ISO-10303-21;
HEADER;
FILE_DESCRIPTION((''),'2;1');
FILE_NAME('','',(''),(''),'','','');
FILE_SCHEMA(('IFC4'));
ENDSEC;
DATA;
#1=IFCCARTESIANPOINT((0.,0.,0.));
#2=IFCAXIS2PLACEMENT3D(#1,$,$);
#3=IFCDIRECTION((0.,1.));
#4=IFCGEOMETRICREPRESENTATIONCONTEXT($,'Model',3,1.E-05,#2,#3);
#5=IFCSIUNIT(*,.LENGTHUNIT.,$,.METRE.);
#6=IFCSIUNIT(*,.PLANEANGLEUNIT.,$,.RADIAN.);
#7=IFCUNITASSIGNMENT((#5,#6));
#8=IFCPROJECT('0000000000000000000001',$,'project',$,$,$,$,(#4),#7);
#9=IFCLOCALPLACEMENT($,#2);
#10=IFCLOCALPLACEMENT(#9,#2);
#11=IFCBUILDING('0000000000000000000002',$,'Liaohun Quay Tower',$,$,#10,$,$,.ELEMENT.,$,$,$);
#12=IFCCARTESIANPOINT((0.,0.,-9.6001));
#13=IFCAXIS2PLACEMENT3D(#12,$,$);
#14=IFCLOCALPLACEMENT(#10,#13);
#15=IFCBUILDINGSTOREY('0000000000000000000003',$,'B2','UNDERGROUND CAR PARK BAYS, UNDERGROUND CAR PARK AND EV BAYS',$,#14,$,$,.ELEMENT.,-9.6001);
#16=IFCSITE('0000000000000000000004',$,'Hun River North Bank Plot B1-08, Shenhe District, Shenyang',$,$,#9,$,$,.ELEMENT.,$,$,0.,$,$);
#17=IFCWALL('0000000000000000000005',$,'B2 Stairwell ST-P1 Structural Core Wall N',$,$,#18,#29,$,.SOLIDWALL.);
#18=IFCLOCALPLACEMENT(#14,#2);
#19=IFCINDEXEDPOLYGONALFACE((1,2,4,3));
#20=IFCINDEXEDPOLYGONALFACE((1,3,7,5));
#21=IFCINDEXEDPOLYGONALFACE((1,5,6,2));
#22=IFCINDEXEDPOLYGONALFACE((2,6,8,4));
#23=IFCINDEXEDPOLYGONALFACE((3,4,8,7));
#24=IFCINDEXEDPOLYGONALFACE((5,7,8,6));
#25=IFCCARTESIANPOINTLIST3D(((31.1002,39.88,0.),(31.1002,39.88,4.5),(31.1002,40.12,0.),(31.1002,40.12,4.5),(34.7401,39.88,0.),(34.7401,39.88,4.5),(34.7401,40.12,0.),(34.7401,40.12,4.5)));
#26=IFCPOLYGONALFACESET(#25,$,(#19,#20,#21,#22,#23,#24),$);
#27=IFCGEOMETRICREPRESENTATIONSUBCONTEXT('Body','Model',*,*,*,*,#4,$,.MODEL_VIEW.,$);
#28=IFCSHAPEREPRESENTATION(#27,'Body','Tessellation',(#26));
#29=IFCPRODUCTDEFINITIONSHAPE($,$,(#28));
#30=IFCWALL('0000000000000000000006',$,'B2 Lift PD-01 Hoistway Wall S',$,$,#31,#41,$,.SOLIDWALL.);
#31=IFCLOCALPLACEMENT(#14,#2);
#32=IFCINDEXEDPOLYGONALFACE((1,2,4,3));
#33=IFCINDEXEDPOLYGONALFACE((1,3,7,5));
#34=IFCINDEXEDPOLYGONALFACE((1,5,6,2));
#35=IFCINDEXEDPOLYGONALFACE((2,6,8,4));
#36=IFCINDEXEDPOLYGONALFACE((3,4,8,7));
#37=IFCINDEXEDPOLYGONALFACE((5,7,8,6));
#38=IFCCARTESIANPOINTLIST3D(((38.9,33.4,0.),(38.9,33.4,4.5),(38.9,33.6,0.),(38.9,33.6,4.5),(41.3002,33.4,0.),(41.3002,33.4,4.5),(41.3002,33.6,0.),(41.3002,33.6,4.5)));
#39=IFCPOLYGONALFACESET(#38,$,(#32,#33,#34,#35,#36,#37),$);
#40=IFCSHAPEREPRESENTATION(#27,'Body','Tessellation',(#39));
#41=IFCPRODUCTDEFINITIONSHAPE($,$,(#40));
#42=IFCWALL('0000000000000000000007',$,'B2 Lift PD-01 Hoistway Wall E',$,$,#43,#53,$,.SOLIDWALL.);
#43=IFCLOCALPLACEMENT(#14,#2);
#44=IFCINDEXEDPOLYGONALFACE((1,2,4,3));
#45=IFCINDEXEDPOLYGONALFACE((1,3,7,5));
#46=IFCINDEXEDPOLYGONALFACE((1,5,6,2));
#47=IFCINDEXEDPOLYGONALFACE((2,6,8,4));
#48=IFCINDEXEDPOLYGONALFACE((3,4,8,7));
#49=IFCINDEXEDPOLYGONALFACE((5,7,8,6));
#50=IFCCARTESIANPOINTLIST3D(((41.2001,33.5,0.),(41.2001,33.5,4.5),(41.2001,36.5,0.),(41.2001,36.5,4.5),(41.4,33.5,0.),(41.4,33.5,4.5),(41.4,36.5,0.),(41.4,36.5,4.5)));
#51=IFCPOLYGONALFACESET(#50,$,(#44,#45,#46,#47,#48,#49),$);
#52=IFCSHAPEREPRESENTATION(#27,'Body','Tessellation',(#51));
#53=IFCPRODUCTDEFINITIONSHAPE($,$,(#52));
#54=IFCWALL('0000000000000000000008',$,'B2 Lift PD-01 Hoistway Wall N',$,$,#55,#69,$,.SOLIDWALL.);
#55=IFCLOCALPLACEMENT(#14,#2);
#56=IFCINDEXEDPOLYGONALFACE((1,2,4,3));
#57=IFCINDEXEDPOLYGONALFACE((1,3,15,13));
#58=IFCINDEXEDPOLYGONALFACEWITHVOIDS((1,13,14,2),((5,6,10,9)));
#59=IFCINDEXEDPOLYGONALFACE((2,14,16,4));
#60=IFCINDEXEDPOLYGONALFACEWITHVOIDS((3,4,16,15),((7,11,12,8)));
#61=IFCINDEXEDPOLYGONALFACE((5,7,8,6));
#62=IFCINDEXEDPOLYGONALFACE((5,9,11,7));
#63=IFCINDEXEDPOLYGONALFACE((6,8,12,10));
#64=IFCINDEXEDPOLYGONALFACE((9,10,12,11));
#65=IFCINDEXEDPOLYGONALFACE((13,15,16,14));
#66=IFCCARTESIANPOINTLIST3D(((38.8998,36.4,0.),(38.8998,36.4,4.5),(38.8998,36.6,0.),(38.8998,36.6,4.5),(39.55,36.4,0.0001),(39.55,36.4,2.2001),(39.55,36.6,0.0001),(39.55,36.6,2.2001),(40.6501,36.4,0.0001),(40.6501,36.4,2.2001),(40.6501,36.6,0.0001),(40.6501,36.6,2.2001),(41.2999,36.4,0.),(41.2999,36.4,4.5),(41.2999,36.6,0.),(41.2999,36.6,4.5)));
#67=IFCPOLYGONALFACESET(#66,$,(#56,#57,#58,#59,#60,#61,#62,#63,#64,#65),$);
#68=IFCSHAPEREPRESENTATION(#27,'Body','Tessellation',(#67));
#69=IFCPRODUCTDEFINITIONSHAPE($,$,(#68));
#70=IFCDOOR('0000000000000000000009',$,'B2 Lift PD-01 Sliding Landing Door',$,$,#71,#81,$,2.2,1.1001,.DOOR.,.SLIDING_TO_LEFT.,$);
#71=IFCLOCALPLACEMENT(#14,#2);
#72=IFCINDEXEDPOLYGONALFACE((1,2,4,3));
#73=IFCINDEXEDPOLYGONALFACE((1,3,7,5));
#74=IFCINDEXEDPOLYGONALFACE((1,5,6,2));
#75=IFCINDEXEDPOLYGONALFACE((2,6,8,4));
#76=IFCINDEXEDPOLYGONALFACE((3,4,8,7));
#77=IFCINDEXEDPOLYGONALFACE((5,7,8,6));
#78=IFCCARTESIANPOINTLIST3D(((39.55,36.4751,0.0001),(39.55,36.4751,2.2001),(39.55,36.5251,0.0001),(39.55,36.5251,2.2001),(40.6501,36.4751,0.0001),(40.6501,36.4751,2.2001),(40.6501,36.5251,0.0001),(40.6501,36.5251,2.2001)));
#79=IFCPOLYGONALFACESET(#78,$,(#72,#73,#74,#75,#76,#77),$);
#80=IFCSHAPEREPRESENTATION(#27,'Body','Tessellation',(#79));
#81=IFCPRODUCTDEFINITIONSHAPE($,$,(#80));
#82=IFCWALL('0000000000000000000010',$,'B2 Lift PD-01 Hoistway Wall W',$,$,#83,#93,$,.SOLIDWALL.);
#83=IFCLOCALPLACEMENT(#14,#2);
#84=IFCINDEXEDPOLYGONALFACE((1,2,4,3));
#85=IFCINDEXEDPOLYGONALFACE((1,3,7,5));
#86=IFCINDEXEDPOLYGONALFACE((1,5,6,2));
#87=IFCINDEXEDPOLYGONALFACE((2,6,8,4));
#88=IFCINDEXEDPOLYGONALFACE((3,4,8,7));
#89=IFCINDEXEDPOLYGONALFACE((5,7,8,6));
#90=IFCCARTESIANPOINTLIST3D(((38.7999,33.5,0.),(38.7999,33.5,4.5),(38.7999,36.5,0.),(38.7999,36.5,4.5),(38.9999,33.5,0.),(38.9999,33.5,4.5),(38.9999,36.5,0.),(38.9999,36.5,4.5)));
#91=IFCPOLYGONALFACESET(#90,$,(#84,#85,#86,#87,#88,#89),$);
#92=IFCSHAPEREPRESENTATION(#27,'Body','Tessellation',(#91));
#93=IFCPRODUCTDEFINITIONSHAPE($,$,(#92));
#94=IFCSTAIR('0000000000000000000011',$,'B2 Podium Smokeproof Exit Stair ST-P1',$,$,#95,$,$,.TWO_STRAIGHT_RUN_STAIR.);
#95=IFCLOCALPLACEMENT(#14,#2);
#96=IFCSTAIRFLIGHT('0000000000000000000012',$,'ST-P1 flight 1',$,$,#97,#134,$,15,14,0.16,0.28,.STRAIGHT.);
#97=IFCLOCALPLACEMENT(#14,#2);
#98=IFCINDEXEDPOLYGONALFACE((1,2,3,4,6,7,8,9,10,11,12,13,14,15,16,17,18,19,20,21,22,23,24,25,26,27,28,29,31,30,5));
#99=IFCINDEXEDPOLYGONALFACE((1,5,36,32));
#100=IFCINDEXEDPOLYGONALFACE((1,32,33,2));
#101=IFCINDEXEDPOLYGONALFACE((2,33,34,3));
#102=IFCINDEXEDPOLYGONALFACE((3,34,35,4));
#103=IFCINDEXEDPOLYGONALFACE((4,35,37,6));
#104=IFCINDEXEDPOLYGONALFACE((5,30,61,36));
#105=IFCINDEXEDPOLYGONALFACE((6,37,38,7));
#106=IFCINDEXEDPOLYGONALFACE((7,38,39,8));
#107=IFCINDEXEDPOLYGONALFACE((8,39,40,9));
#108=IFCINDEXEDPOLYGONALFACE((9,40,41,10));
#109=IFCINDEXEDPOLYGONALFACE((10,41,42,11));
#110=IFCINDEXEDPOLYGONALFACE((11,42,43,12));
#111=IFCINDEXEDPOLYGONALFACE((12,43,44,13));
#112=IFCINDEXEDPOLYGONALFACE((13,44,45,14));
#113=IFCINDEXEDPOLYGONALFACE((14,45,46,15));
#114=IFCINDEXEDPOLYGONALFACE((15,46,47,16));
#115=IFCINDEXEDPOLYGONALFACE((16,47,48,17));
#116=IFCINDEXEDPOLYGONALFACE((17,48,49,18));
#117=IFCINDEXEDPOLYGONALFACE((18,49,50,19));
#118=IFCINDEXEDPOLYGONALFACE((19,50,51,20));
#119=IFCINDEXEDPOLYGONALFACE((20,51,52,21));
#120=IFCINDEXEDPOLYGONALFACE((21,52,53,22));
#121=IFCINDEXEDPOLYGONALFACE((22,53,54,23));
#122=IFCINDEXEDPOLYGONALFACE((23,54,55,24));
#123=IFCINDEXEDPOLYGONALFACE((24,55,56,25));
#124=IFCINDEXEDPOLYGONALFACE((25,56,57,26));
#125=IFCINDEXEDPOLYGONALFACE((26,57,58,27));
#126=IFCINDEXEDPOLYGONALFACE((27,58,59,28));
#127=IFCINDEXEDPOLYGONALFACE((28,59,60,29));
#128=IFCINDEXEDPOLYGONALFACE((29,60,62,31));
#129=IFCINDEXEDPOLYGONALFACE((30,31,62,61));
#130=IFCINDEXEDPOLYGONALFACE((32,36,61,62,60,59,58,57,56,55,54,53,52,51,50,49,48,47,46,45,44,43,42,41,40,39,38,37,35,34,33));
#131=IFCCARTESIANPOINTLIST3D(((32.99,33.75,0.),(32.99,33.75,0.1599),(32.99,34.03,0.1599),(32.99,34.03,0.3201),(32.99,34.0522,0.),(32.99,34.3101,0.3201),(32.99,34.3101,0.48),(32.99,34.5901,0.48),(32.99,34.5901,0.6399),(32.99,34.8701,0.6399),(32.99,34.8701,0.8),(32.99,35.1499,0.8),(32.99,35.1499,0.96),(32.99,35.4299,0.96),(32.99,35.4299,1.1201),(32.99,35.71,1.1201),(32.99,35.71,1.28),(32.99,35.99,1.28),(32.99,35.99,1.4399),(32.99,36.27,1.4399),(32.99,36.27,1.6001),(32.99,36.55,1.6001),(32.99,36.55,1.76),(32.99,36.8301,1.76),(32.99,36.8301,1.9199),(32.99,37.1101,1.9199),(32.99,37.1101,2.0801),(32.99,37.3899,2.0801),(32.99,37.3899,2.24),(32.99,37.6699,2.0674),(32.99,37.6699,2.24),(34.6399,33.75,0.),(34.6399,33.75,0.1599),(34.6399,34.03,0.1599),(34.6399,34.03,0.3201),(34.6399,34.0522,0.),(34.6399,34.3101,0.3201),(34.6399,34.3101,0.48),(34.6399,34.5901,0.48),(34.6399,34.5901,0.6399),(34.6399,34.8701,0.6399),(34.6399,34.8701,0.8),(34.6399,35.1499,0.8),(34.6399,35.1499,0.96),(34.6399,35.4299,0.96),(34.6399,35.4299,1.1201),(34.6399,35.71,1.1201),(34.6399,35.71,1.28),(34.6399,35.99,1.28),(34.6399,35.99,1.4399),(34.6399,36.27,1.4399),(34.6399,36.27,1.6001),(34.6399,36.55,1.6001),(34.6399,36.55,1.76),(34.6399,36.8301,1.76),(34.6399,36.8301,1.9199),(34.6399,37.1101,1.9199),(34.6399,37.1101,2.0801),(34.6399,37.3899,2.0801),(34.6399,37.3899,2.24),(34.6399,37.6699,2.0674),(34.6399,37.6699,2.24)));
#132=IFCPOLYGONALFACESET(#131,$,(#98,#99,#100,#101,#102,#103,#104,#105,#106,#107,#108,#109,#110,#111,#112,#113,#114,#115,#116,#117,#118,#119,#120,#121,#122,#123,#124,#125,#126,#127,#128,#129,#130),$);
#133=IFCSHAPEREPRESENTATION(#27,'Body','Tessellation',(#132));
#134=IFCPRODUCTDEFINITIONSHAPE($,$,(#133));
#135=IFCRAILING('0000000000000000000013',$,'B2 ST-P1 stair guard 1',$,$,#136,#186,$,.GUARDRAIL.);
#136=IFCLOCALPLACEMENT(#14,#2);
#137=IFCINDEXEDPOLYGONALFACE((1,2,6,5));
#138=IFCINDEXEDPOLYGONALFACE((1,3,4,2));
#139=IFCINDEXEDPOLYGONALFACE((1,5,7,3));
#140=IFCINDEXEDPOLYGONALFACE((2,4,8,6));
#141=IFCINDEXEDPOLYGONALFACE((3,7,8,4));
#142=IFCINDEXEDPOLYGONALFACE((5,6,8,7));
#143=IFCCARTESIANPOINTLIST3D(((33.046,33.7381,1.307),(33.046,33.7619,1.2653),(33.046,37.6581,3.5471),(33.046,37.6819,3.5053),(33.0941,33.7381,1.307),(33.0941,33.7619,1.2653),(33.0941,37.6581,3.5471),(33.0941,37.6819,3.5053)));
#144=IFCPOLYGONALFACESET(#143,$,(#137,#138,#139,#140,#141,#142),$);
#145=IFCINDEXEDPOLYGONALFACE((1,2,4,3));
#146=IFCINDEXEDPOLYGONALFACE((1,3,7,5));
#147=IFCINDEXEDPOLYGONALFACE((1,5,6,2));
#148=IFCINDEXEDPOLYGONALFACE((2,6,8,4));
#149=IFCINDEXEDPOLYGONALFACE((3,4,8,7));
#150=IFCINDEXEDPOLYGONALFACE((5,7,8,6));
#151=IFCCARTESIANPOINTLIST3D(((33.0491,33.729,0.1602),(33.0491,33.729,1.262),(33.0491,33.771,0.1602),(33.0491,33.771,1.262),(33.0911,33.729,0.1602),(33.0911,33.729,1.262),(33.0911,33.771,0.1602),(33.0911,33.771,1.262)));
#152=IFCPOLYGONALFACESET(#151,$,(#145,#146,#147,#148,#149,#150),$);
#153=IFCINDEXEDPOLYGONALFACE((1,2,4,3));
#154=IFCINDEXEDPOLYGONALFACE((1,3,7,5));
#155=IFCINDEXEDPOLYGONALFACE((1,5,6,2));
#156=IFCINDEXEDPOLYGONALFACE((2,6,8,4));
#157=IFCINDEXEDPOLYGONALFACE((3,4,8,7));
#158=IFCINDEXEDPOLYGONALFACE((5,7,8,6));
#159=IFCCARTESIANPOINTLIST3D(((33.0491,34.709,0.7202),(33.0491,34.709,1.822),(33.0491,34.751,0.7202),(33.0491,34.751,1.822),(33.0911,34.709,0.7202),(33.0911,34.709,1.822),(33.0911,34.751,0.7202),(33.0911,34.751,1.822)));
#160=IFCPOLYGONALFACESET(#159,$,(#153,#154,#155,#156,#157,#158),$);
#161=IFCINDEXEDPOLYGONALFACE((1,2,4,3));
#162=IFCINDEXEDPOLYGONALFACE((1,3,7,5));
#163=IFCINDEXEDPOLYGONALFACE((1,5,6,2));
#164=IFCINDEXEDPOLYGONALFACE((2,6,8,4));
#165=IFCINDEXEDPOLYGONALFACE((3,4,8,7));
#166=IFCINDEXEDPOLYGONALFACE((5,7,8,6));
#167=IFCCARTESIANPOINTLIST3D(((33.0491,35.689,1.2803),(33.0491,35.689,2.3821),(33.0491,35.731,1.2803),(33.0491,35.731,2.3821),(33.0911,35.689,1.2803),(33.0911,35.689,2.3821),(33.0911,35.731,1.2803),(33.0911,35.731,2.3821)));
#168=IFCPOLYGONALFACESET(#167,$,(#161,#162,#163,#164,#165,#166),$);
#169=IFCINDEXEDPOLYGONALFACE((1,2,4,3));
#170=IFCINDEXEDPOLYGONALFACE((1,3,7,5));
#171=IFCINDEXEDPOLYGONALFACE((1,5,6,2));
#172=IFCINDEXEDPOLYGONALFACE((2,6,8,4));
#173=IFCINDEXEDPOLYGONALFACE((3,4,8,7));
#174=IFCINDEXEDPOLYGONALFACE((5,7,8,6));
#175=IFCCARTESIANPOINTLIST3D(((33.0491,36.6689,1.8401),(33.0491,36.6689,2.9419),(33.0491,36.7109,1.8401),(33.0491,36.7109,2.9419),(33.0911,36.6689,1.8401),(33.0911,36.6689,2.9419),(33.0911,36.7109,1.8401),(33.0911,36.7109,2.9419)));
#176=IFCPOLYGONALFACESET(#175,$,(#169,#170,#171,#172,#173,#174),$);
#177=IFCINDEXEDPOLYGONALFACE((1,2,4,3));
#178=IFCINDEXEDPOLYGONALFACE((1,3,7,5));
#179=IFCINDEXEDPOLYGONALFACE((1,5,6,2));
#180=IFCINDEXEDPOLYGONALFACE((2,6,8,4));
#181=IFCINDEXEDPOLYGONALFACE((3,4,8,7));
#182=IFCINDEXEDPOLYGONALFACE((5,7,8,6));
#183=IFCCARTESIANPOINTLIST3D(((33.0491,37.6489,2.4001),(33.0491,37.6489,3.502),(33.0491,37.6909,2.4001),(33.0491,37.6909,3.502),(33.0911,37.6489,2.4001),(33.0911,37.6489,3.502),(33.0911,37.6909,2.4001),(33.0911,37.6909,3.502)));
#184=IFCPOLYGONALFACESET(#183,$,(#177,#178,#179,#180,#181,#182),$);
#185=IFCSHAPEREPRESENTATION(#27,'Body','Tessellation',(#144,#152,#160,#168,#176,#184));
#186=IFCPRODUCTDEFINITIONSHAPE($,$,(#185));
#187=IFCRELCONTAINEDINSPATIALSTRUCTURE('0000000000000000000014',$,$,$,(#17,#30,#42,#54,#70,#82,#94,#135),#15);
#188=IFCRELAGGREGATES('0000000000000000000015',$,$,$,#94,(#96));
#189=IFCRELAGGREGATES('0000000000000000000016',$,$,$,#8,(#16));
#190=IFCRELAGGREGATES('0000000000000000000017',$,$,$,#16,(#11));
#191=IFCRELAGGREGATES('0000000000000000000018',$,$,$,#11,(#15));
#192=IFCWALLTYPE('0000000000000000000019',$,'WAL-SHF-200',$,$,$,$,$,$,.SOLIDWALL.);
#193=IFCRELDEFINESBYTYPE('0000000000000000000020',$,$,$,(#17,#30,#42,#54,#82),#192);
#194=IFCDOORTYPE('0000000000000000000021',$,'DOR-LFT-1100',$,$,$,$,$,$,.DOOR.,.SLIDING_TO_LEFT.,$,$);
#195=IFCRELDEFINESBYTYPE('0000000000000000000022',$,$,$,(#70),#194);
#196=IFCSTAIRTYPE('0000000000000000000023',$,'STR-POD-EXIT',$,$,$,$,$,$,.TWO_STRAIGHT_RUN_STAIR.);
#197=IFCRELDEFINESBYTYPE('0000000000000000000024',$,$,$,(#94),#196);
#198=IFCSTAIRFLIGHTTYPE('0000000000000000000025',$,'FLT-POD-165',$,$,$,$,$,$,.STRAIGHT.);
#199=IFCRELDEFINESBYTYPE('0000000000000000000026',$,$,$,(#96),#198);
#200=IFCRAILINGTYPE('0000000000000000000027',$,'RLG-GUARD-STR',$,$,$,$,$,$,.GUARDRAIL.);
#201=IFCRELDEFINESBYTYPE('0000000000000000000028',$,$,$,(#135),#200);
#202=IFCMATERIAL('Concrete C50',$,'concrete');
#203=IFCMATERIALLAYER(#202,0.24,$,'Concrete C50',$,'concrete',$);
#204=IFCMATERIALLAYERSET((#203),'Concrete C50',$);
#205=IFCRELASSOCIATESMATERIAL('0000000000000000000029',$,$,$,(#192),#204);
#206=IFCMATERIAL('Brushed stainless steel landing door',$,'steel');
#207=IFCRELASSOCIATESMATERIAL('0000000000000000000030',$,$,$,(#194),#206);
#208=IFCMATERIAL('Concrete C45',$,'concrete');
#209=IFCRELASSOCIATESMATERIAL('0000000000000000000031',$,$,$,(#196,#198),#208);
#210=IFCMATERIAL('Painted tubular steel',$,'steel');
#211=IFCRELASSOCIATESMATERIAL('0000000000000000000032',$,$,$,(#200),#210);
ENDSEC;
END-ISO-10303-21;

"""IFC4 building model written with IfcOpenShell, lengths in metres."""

from ifc_helpers import new_model, si_unit, direction, frame, frame_2d, origin, origin_2d, place, context, subcontext, project, spatial, polyline, rectangle, outline, extrude, source, transform, mapped, material, layer, layer_set, type_object, element, fill, aggregate, save


model = new_model("IFC4")

# Units and contexts
model_context = context("Model", 3, precision=1e-05, world=origin(), true_north=direction((0.0, 1.0)))
body_context = subcontext(model_context, "Body", "Model", "MODEL_VIEW")
ifc_project = project(units=[si_unit("LENGTHUNIT", "METRE"), si_unit("PLANEANGLEUNIT", "RADIAN")], contexts=[model_context])

# Site, building, storey
site_placement = place(None, origin())
site = spatial("IfcSite", under=ifc_project, at=site_placement, Name="Hun River North Bank Plot B1-08, Shenhe District, Shenyang", CompositionType="ELEMENT", RefElevation=0.0)
building_placement = place(site_placement, origin())
building = spatial("IfcBuilding", under=site, at=building_placement, Name="Liaohun Quay Tower", CompositionType="ELEMENT")
storey_placement = place(building_placement, frame((0.0, 0.0, -9.6001)))
storey = spatial("IfcBuildingStorey", under=building, at=storey_placement, Name="B2", Description="UNDERGROUND CAR PARK BAYS, UNDERGROUND CAR PARK AND EV BAYS", CompositionType="ELEMENT", Elevation=-9.6001)

# Shared definitions
ifc_material_1 = material(Name="Concrete C45", Category="concrete")

# Shared definitions
ifc_material_2 = material(Name="Concrete C50", Category="concrete")

# Walls
ifc_layer = layer(ifc_material_2, 0.24, Name="Concrete C50", Category="concrete")
ifc_layer_set = layer_set([ifc_layer], Name="Concrete C50")
wall_type = type_object("IfcWallType", Name="WAL-SHF-200", PredefinedType="SOLIDWALL", material=ifc_layer_set)
wall_1_placement = place(storey_placement, frame((34.74, 40.0, 0.0), z_axis=(0.0, 0.0, 1.0), x_axis=(-1.0, 0.0, 0.0)))
element("IfcWall", 1, at=wall_1_placement, inside=storey, type_object=wall_type, Name="B2 Stairwell ST-P1 Structural Core Wall N", PredefinedType="SOLIDWALL", context=body_context, shape_type="SweptSolid", body=[
    extrude(rectangle(XDim=3.6399, YDim=0.24, at=frame_2d((1.8198, 0.0))), origin(), (0.0, 0.0, 1.0), 4.5),
])
wall_2_placement = place(storey_placement, frame((38.8999, 33.5, 0.0), z_axis=(0.0, 0.0, 1.0), x_axis=(1.0, 0.0, 0.0)))
element("IfcWall", 2, at=wall_2_placement, inside=storey, type_object=wall_type, Name="B2 Lift PD-01 Hoistway Wall S", PredefinedType="SOLIDWALL", context=body_context, shape_type="SweptSolid", body=[
    extrude(rectangle(XDim=2.4001, YDim=0.2, at=frame_2d((1.2002, 0.0))), origin(), (0.0, 0.0, 1.0), 4.5),
])
wall_3_placement = place(storey_placement, frame((41.3, 33.5, 0.0), z_axis=(0.0, 0.0, 1.0), x_axis=(0.0, 1.0, 0.0)))
element("IfcWall", 3, at=wall_3_placement, inside=storey, type_object=wall_type, Name="B2 Lift PD-01 Hoistway Wall E", PredefinedType="SOLIDWALL", context=body_context, shape_type="SweptSolid", body=[
    extrude(rectangle(XDim=3.0, YDim=0.2, at=frame_2d((1.5, 0.0))), origin(), (0.0, 0.0, 1.0), 4.5),
])

# Wall, opening, door
wall_4_placement = place(storey_placement, frame((41.3, 36.5, 0.0), z_axis=(0.0, 0.0, 1.0), x_axis=(-1.0, 0.0, 0.0)))
wall_4 = element("IfcWall", 4, at=wall_4_placement, inside=storey, type_object=wall_type, Name="B2 Lift PD-01 Hoistway Wall N", PredefinedType="SOLIDWALL", context=body_context, shape_type="SweptSolid", body=[
    extrude(rectangle(XDim=2.4001, YDim=0.2, at=frame_2d((1.2002, 0.0))), origin(), (0.0, 0.0, 1.0), 4.5),
])
shared_shape_1 = source(origin(), body_context, "Body", "SweptSolid", [
    extrude(rectangle(XDim=1.1001, YDim=2.2, at=frame_2d((0.55, 1.1001))), frame((0.0, 0.1099, 0.0), z_axis=(0.0, -1.0, 0.0), x_axis=(1.0, 0.0, 0.0)), (0.0, 0.0, 1.0), 0.22),
])
opening_placement = place(wall_4_placement, frame((0.6499, 0.0, 0.0)))
opening = element("IfcOpeningElement", 5, at=opening_placement, cuts=wall_4, PredefinedType="OPENING", context=body_context, shape_type="MappedRepresentation", body=[
    mapped(shared_shape_1, transform((0.0, 0.0, 0.0), x_axis=(1.0, 0.0, 0.0), y_axis=(0.0, 1.0, 0.0), z_axis=(0.0, 0.0, 1.0), scale=1.0)),
])
ifc_material_3 = material(Name="Brushed stainless steel landing door", Category="steel")
door_type = type_object("IfcDoorType", Name="DOR-LFT-1100", OperationType="SLIDING_TO_LEFT", PredefinedType="DOOR", material=ifc_material_3)
shared_shape_2 = source(origin(), body_context, "Body", "SweptSolid", [
    extrude(rectangle(XDim=1.1001, YDim=2.2, at=frame_2d((0.55, 1.1001))), frame((0.0, 0.0249, 0.0), z_axis=(0.0, -1.0, 0.0), x_axis=(1.0, 0.0, 0.0)), (0.0, 0.0, 1.0), 0.05),
])
door_placement = place(opening_placement, origin())
door = element("IfcDoor", 6, at=door_placement, inside=storey, type_object=door_type, Name="B2 Lift PD-01 Sliding Landing Door", OperationType="SLIDING_TO_LEFT", OverallHeight=2.2, OverallWidth=1.1001, PredefinedType="DOOR", context=body_context, shape_type="MappedRepresentation", body=[
    mapped(shared_shape_2, transform((0.0, 0.0, 0.0), x_axis=(1.0, 0.0, 0.0), y_axis=(0.0, 1.0, 0.0), z_axis=(0.0, 0.0, 1.0), scale=1.0)),
])
fill(opening, door)

# Wall
wall_5_placement = place(storey_placement, frame((38.8999, 36.5, 0.0), z_axis=(0.0, 0.0, 1.0), x_axis=(0.0, -1.0, 0.0)))
element("IfcWall", 7, at=wall_5_placement, inside=storey, type_object=wall_type, Name="B2 Lift PD-01 Hoistway Wall W", PredefinedType="SOLIDWALL", context=body_context, shape_type="SweptSolid", body=[
    extrude(rectangle(XDim=3.0, YDim=0.2, at=frame_2d((1.5, 0.0))), origin(), (0.0, 0.0, 1.0), 4.5),
])

# Stair, stair flight
stair_type = type_object("IfcStairType", Name="STR-POD-EXIT", PredefinedType="TWO_STRAIGHT_RUN_STAIR", material=ifc_material_1)
stair_placement = place(storey_placement, origin())
stair = element("IfcStair", 8, at=stair_placement, inside=storey, type_object=stair_type, Name="B2 Podium Smokeproof Exit Stair ST-P1", PredefinedType="TWO_STRAIGHT_RUN_STAIR")
stair_flight_type = type_object("IfcStairFlightType", Name="FLT-POD-165", PredefinedType="STRAIGHT", material=ifc_material_1)
stair_flight_placement = place(storey_placement, frame((33.8149, 33.75, 0.0), z_axis=(0.0, 0.0, 1.0), x_axis=(0.0, 1.0, 0.0)))
stair_flight = element("IfcStairFlight", 9, at=stair_flight_placement, type_object=stair_flight_type, Name="ST-P1 flight 1", NumberOfRisers=15, NumberOfTreads=14, PredefinedType="STRAIGHT", RiserHeight=0.16, TreadLength=0.28, context=body_context, shape_type="SweptSolid", body=[
    extrude(outline(polyline([(0.0, 0.0), (0.0, 0.1599), (0.28, 0.1599), (0.28, 0.3201), (0.5601, 0.3201), (0.5601, 0.48), (0.8401, 0.48), (0.8401, 0.6399), (1.1201, 0.6399), (1.1201, 0.8), (1.3999, 0.8), (1.3999, 0.96), (1.6799, 0.96), (1.6799, 1.1201), (1.96, 1.1201), (1.96, 1.28), (2.24, 1.28), (2.24, 1.4399), (2.52, 1.4399), (2.52, 1.6001), (2.8, 1.6001), (2.8, 1.76), (3.0801, 1.76), (3.0801, 1.9199), (3.3601, 1.9199), (3.3601, 2.0801), (3.6399, 2.0801), (3.6399, 2.24), (3.9199, 2.24), (3.9199, 2.3999), (3.9199, 2.0674), (0.3022, 0.0), (0.0, 0.0)])), frame((0.0, 0.825, 0.0), z_axis=(0.0, -1.0, 0.0), x_axis=(1.0, 0.0, 0.0)), (0.0, 0.0, 1.0), 1.6499),
])
aggregate(stair, [stair_flight])

# Railing
ifc_material_4 = material(Name="Painted tubular steel", Category="steel")
railing_type_1 = type_object("IfcRailingType", Name="RLG-GUARD-STR", PredefinedType="GUARDRAIL", material=ifc_material_4)
railing_1_placement = place(storey_placement, frame((33.0701, 33.75, 0.1602)))
element("IfcRailing", 10, at=railing_1_placement, inside=storey, type_object=railing_type_1, Name="B2 ST-P1 stair guard 1", PredefinedType="GUARDRAIL", context=body_context, shape_type="SweptSolid", body=[
    extrude(rectangle(XDim=0.0481, YDim=0.0481, at=origin_2d()), frame((0.0, 0.0, 1.126), z_axis=(0.0, 0.86824, 0.496145), x_axis=(-1.0, 0.0, 0.0)), (0.0, 0.0, 1.0), 4.5149),
    extrude(rectangle(XDim=0.042, YDim=0.042, at=origin_2d()), origin(), (0.0, 0.0, 1.0), 1.1018),
    extrude(rectangle(XDim=0.042, YDim=0.042, at=origin_2d()), frame((0.0, 0.98, 0.5601)), (0.0, 0.0, 1.0), 1.1018),
    extrude(rectangle(XDim=0.042, YDim=0.042, at=origin_2d()), frame((0.0, 1.96, 1.1201)), (0.0, 0.0, 1.0), 1.1018),
    extrude(rectangle(XDim=0.042, YDim=0.042, at=origin_2d()), frame((0.0, 2.9399, 1.6799)), (0.0, 0.0, 1.0), 1.1018),
    extrude(rectangle(XDim=0.042, YDim=0.042, at=origin_2d()), frame((0.0, 3.9199, 2.24)), (0.0, 0.0, 1.0), 1.1018),
])

save(model, "model.ifc")
